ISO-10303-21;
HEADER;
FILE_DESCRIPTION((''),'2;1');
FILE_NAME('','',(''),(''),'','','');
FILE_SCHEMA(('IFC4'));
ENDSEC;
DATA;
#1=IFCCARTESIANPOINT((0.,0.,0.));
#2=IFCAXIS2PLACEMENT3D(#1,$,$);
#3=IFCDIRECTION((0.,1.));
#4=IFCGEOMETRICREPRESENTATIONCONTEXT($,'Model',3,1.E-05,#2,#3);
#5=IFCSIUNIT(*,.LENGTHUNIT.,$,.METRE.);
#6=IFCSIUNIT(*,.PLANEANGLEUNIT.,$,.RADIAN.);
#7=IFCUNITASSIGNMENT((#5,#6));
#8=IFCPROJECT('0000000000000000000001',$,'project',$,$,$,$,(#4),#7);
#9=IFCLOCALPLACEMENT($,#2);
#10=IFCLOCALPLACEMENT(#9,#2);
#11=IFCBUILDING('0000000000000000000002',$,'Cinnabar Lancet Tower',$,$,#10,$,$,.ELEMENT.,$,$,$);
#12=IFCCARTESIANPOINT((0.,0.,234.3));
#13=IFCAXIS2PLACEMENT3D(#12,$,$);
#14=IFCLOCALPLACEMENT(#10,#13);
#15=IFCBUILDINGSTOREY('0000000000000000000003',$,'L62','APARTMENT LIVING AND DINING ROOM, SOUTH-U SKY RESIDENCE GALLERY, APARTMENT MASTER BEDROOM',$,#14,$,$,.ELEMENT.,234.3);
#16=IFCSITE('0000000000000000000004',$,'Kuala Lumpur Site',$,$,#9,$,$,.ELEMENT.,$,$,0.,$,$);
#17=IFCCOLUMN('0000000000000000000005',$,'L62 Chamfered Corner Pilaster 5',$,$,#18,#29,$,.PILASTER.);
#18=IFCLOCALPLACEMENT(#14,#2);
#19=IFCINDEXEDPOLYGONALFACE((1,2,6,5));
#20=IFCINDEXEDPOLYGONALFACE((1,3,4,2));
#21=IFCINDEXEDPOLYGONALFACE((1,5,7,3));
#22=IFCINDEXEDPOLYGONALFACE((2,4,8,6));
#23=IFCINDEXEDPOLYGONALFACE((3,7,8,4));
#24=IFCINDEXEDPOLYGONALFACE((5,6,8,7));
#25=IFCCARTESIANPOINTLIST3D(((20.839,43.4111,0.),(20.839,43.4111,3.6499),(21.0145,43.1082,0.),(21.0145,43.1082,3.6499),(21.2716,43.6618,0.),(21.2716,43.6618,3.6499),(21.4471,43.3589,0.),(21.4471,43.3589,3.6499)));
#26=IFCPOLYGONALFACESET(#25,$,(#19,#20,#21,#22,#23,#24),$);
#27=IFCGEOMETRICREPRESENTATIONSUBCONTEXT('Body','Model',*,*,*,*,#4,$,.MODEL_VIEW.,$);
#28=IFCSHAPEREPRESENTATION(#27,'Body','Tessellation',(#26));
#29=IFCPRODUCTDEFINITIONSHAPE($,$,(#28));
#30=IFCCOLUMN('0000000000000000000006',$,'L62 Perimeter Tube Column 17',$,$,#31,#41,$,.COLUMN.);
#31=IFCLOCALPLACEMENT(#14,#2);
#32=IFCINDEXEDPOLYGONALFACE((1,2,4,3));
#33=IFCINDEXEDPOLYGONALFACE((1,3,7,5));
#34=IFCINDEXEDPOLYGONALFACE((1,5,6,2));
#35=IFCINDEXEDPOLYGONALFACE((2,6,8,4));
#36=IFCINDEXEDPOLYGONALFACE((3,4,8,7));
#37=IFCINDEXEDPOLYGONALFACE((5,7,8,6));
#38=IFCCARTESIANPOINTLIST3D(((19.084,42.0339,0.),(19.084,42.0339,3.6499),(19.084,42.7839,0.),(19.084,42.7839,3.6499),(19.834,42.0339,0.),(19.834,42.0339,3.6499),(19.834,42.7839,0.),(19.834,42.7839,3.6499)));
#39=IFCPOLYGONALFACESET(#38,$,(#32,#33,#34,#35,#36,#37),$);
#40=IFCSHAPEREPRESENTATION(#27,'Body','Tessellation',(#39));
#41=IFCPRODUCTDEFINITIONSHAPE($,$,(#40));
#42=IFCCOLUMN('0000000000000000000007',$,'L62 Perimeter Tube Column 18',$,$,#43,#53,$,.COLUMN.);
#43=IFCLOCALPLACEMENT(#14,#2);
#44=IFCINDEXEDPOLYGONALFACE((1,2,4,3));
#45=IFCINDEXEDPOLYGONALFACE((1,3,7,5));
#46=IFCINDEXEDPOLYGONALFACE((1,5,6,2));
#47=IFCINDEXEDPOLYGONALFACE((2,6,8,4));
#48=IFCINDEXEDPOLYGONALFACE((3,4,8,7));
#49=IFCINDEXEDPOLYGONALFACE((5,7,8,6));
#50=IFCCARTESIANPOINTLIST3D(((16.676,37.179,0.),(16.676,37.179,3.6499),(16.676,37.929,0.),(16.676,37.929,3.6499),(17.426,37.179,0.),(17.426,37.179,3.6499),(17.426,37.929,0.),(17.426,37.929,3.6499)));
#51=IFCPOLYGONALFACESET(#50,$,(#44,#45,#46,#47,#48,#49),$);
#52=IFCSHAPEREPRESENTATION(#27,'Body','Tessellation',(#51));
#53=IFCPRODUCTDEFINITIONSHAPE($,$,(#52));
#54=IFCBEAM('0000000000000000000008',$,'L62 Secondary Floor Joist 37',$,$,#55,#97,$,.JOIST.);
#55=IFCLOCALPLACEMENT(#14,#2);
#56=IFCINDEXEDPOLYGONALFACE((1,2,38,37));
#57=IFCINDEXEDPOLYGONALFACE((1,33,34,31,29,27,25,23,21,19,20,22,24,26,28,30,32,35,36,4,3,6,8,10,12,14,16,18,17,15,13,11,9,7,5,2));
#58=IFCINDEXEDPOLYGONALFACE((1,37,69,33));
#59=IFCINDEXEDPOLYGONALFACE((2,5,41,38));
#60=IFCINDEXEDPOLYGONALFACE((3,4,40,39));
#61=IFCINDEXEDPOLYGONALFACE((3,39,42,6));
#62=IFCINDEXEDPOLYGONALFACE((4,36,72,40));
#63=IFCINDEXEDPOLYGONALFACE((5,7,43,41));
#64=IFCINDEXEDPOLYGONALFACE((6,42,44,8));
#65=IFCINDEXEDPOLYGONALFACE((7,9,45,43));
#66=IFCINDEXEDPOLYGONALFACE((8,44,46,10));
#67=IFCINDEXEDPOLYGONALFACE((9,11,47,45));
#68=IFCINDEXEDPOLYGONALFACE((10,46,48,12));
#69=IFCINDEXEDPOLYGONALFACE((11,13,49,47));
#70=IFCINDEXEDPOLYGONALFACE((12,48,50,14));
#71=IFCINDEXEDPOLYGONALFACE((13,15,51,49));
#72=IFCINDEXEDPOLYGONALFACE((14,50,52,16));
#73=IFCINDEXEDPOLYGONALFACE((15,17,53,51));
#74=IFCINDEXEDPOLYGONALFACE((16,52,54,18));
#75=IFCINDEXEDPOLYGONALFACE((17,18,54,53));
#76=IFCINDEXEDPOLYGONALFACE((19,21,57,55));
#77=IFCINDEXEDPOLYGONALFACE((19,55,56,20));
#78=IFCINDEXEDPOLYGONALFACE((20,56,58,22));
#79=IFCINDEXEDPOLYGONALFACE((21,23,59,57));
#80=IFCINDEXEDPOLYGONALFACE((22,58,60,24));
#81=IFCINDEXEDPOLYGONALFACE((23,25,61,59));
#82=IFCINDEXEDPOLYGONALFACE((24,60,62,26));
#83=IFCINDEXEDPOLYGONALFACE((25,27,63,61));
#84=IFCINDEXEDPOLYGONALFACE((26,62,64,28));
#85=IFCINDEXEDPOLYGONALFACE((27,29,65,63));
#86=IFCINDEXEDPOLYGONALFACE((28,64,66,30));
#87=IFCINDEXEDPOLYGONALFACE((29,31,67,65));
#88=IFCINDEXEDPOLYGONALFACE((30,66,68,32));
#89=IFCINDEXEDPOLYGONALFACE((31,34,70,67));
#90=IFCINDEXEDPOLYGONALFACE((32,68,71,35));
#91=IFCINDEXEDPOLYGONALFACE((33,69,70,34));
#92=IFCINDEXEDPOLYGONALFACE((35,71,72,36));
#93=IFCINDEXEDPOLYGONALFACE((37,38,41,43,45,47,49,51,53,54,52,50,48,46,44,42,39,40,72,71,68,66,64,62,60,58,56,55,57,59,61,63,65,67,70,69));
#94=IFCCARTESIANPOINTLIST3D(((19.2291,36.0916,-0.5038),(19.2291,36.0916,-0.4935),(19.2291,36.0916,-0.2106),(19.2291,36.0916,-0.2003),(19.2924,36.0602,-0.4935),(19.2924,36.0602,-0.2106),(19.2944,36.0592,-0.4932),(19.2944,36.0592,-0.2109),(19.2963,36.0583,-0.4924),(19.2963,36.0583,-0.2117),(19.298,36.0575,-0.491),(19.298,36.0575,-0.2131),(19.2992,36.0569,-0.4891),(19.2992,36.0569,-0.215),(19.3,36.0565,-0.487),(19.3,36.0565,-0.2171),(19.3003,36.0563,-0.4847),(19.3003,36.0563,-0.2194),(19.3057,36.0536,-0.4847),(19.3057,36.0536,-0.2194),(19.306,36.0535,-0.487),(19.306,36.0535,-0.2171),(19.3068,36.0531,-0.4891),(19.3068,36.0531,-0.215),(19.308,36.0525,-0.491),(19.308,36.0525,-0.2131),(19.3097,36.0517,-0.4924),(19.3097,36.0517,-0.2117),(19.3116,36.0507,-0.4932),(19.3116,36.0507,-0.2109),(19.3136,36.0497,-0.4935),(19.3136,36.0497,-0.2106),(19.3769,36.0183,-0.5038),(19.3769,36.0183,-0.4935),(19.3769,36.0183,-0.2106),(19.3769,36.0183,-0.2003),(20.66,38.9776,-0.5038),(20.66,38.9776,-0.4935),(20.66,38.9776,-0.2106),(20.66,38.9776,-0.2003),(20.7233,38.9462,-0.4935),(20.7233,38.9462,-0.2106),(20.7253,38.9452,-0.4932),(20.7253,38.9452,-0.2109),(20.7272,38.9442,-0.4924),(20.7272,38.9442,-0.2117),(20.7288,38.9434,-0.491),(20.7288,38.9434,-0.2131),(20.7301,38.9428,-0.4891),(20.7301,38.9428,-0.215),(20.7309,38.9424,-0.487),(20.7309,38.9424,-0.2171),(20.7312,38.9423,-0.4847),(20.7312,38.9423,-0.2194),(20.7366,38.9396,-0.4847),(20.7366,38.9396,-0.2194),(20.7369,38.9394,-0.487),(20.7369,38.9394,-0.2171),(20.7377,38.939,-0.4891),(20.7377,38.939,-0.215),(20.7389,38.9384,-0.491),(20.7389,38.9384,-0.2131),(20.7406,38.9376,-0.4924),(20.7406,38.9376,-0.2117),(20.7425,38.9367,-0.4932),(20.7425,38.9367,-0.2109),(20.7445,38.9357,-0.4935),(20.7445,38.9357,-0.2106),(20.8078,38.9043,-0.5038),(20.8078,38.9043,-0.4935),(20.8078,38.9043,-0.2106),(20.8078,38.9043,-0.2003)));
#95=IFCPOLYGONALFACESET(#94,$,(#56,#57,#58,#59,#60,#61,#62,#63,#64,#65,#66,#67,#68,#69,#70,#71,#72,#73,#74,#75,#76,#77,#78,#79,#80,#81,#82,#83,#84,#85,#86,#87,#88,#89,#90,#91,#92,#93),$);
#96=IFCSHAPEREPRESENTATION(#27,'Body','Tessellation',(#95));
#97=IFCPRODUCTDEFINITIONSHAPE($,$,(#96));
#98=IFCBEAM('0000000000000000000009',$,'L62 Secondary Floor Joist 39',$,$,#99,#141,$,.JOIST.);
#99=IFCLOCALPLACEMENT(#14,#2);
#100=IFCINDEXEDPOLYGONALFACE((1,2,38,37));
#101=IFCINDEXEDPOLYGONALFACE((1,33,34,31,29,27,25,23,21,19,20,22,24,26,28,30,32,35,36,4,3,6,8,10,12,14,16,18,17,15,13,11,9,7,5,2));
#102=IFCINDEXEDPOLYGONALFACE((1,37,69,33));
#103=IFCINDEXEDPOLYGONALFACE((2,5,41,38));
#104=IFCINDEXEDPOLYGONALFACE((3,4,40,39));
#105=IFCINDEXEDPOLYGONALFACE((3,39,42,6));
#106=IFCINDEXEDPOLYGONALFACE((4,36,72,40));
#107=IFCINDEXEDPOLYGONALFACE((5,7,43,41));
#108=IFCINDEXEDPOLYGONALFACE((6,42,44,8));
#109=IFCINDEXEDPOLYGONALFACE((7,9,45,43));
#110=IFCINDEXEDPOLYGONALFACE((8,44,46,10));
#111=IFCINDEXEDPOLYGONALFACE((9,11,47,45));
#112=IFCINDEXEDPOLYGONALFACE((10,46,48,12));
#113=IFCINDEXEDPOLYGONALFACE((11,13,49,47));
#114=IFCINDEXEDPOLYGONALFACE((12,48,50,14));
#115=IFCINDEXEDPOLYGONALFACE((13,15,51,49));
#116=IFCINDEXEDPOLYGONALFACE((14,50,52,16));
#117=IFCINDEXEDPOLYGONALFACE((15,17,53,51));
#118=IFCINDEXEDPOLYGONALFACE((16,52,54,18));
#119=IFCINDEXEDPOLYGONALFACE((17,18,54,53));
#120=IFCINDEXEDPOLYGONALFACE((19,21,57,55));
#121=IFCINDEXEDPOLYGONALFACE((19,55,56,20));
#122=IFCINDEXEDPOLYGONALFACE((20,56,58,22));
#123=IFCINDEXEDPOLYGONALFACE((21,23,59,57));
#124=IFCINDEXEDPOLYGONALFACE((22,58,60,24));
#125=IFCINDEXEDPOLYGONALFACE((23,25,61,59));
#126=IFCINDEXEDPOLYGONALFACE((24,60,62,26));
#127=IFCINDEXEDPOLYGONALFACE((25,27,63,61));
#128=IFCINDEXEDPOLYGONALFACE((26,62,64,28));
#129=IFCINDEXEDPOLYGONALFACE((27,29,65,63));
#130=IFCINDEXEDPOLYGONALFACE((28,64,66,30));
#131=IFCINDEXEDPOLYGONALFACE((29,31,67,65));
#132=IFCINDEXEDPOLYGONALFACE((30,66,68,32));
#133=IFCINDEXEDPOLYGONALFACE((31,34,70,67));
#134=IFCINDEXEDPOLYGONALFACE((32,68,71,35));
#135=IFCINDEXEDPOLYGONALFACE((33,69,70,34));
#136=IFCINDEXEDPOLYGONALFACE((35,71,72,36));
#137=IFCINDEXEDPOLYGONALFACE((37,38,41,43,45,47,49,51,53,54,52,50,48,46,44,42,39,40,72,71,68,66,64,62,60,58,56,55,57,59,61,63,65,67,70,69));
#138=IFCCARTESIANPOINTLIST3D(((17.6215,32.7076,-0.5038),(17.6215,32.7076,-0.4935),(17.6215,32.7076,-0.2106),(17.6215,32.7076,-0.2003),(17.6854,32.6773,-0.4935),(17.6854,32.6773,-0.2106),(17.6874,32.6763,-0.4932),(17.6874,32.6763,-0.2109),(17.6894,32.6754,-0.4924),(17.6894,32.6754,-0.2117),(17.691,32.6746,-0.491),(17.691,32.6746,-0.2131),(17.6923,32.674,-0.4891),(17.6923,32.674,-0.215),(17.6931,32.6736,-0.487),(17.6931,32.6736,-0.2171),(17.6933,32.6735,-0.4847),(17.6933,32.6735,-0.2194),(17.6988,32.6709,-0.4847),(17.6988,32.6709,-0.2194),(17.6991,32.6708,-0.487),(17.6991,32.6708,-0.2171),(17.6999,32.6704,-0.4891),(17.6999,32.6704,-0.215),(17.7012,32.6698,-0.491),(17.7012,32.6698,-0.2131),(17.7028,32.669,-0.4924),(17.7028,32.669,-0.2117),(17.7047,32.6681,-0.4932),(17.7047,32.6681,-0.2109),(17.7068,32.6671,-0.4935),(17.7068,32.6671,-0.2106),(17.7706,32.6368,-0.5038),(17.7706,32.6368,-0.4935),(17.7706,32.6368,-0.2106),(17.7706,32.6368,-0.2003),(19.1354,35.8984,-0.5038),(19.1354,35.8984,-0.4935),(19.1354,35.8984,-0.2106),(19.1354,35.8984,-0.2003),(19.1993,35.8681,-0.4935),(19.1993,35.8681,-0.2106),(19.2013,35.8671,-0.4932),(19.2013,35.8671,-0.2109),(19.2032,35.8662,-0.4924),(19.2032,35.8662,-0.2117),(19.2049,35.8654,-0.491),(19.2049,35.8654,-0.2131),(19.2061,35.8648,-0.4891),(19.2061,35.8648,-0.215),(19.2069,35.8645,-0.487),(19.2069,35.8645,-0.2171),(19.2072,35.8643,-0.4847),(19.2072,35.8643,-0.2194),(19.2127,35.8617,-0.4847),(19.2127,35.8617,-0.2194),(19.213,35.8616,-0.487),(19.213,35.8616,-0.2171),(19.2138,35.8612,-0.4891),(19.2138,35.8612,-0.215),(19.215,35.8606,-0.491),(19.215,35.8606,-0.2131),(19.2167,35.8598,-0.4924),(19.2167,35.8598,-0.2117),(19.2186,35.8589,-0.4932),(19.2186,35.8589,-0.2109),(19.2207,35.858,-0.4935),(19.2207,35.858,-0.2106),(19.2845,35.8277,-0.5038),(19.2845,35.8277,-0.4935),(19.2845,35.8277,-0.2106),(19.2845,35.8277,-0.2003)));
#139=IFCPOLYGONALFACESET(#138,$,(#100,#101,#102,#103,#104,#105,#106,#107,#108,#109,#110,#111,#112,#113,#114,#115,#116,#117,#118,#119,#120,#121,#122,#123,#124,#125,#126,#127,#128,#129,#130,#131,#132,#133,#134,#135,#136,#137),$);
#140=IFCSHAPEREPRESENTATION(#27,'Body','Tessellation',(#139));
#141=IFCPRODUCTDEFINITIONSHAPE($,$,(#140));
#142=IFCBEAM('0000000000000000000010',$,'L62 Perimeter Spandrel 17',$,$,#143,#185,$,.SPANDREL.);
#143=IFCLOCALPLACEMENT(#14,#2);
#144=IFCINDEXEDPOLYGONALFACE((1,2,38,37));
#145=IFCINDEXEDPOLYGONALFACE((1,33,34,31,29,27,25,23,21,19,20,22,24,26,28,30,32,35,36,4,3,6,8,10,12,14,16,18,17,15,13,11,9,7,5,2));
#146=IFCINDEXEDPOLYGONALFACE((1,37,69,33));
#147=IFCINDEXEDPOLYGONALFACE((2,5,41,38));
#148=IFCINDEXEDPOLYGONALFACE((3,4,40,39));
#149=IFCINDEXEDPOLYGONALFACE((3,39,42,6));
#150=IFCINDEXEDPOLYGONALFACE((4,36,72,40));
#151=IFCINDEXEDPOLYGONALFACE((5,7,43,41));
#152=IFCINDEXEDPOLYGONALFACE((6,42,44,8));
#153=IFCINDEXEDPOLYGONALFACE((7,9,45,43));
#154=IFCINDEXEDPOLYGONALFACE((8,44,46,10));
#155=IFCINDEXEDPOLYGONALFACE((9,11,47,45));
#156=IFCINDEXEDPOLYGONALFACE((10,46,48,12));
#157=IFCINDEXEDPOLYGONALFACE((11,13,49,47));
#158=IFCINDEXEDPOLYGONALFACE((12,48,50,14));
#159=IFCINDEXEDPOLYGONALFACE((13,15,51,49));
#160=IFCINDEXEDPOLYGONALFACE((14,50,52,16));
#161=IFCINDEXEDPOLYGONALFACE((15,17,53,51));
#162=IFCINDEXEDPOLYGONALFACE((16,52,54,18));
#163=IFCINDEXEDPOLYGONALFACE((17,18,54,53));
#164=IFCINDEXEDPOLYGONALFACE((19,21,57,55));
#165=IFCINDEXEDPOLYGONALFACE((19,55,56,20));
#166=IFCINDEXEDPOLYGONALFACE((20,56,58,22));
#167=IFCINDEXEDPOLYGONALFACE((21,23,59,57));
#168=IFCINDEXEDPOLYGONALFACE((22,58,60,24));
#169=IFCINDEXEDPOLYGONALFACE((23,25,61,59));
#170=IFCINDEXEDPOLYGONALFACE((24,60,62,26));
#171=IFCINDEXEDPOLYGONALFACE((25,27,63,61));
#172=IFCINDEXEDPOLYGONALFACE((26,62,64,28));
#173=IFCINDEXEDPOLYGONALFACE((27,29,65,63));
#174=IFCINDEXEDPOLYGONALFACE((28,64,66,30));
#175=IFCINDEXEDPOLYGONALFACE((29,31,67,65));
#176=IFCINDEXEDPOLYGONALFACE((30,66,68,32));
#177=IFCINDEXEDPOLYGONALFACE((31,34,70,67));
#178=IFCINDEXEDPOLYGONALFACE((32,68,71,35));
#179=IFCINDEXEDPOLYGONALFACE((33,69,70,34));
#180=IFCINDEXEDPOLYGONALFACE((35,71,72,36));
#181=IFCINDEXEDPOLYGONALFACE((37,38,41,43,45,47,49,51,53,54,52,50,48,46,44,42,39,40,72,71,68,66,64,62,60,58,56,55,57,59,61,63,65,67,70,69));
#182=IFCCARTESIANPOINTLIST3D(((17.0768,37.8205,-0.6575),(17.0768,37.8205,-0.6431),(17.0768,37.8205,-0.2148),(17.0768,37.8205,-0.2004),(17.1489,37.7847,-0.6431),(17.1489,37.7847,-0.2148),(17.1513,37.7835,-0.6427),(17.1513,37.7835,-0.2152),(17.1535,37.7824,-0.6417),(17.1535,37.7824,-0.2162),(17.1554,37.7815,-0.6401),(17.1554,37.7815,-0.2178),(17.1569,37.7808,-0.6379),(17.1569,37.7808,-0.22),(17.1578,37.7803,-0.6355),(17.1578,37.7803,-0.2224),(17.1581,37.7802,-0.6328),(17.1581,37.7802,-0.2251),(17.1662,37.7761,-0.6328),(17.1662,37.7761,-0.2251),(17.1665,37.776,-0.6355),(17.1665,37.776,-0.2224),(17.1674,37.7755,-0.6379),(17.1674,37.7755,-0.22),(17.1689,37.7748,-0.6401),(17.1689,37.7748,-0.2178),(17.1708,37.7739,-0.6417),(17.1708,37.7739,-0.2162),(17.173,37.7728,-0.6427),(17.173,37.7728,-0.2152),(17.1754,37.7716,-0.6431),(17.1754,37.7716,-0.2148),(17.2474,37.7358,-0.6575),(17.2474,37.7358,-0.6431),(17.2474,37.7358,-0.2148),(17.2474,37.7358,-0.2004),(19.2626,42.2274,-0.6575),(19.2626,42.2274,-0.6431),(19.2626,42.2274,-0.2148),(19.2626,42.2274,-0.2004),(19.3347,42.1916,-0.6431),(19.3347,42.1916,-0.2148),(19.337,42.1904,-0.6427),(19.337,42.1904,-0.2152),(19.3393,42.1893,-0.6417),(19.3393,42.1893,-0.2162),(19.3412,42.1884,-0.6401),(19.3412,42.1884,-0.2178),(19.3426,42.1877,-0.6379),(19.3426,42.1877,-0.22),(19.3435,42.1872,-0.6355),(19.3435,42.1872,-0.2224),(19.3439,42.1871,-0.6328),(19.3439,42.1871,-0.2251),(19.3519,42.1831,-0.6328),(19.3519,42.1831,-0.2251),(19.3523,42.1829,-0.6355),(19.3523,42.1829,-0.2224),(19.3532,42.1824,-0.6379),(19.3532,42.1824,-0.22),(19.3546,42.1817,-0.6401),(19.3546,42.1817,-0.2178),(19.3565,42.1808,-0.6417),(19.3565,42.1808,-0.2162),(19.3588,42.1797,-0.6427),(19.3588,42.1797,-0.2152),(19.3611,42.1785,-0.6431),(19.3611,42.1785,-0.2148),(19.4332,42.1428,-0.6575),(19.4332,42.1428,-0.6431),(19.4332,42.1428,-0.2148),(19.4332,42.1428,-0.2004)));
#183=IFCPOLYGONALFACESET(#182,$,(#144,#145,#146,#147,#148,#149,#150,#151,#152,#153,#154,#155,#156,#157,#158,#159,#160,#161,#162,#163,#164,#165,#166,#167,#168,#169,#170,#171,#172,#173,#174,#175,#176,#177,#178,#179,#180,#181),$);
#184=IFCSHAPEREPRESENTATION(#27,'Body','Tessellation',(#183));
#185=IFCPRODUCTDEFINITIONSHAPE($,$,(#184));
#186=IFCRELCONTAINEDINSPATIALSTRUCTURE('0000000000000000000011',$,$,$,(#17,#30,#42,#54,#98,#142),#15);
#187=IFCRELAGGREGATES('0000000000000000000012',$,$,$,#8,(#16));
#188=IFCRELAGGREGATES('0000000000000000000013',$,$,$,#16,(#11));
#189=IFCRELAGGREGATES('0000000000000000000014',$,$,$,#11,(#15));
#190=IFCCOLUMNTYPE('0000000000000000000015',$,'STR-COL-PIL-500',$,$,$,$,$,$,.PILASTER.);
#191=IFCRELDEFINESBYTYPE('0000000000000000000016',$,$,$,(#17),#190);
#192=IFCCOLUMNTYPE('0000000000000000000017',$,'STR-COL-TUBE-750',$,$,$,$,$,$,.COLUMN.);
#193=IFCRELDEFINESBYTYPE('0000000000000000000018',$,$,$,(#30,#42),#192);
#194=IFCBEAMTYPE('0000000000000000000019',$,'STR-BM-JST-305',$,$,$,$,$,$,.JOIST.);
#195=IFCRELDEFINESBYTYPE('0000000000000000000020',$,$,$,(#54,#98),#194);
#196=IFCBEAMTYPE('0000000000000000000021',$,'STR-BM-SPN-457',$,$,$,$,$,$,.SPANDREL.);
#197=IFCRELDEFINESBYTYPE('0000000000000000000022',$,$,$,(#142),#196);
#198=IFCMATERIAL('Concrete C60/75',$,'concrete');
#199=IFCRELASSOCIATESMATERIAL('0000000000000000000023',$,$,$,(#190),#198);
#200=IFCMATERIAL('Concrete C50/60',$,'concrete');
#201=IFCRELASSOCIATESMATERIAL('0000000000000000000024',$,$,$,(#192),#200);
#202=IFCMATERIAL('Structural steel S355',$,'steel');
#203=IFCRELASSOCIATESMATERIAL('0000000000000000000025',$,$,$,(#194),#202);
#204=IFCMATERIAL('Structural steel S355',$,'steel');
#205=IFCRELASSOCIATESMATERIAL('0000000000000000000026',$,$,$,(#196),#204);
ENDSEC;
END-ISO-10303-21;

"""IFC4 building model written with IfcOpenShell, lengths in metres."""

from ifc_helpers import new_model, si_unit, direction, frame, origin, origin_2d, place, context, subcontext, project, spatial, rectangle, i_section, extrude, material, material_profile, profile_set, type_object, element, save


model = new_model("IFC4")

# Units and contexts
model_context = context("Model", 3, precision=1e-05, world=origin(), true_north=direction((0.0, 1.0)))
body_context = subcontext(model_context, "Body", "Model", "MODEL_VIEW")
ifc_project = project(units=[si_unit("LENGTHUNIT", "METRE"), si_unit("PLANEANGLEUNIT", "RADIAN")], contexts=[model_context])

# Site, building, storey
site_placement = place(None, origin())
site = spatial("IfcSite", under=ifc_project, at=site_placement, Name="Kuala Lumpur Site", CompositionType="ELEMENT", RefElevation=0.0)
building_placement = place(site_placement, origin())
building = spatial("IfcBuilding", under=site, at=building_placement, Name="Cinnabar Lancet Tower", CompositionType="ELEMENT")
storey_placement = place(building_placement, frame((0.0, 0.0, 234.3)))
storey = spatial("IfcBuildingStorey", under=building, at=storey_placement, Name="L62", Description="APARTMENT LIVING AND DINING ROOM, SOUTH-U SKY RESIDENCE GALLERY, APARTMENT MASTER BEDROOM", CompositionType="ELEMENT", Elevation=234.3)

# Columns
ifc_material_1 = material(Name="Concrete C60/75", Category="concrete")
ifc_material_profile_1 = material_profile(ifc_material_1, rectangle(XDim=0.5, YDim=0.3501, at=origin_2d()), Name="RC-PIL 500x350")
ifc_profile_set_1 = profile_set([ifc_material_profile_1], Name="Concrete C60/75")
column_type_1 = type_object("IfcColumnType", Name="STR-COL-PIL-500", PredefinedType="PILASTER", material=ifc_profile_set_1)
column_placement = place(storey_placement, frame((21.1431, 43.385, 0.0), z_axis=(0.0, 0.0, 1.0), x_axis=(-0.865256, -0.50133, 0.0)))
element("IfcColumn", 1, at=column_placement, inside=storey, type_object=column_type_1, Name="L62 Chamfered Corner Pilaster 5", PredefinedType="PILASTER", context=body_context, shape_type="SweptSolid", body=[
    extrude(rectangle(XDim=0.5, YDim=0.3501, at=origin_2d()), origin(), (0.0, 0.0, 1.0), 3.6499),
])
ifc_material_2 = material(Name="Concrete C50/60", Category="concrete")
ifc_material_profile_2 = material_profile(ifc_material_2, rectangle(XDim=0.75, YDim=0.75, at=origin_2d()), Name="RC-COL 750x750")
ifc_profile_set_2 = profile_set([ifc_material_profile_2], Name="Concrete C50/60")
column_type_2 = type_object("IfcColumnType", Name="STR-COL-TUBE-750", PredefinedType="COLUMN", material=ifc_profile_set_2)
for number, where, z_axis, x_axis, name in (
    (2, (19.459, 42.4089, 0.0), (0.0, 0.0, 1.0), (1.0, 0.0, 0.0), "L62 Perimeter Tube Column 17"),
    (3, (17.051, 37.554, 0.0), (0.0, 0.0, 1.0), (1.0, 0.0, 0.0), "L62 Perimeter Tube Column 18"),
):
    element("IfcColumn", number, at=place(storey_placement, frame(where, z_axis=z_axis, x_axis=x_axis)), inside=storey, type_object=column_type_2, Name=name, PredefinedType="COLUMN", context=body_context, shape_type="SweptSolid", body=[
        extrude(rectangle(XDim=0.75, YDim=0.75, at=origin_2d()), origin(), (0.0, 0.0, 1.0), 3.6499),
    ])

# Beams
ifc_material_3 = material(Name="Structural steel S355", Category="steel")
ifc_material_profile_3 = material_profile(ifc_material_3, i_section(OverallWidth=0.165, OverallDepth=0.3035, WebThickness=0.0061, FlangeThickness=0.0103, FilletRadius=0.0088, at=origin_2d()), Name="UKB 305x165x40")
ifc_profile_set_3 = profile_set([ifc_material_profile_3], Name="Structural steel S355")
beam_type_1 = type_object("IfcBeamType", Name="STR-BM-JST-305", PredefinedType="JOIST", material=ifc_profile_set_3)
beam_1_placement = place(storey_placement, frame((20.7339, 38.9409, -0.3521), z_axis=(-0.44421, -0.895923, 0.0), x_axis=(0.895923, -0.44421, 0.0)))
element("IfcBeam", 4, at=beam_1_placement, inside=storey, type_object=beam_type_1, Name="L62 Secondary Floor Joist 37", PredefinedType="JOIST", context=body_context, shape_type="SweptSolid", body=[
    extrude(i_section(OverallWidth=0.165, OverallDepth=0.3035, WebThickness=0.0061, FlangeThickness=0.0103, FilletRadius=0.0088, at=origin_2d()), origin(), (0.0, 0.0, 1.0), 3.2212),
])
beam_2_placement = place(storey_placement, frame((19.21, 35.863, -0.3521), z_axis=(-0.428648, -0.903472, 0.0), x_axis=(0.903472, -0.428648, 0.0)))
element("IfcBeam", 5, at=beam_2_placement, inside=storey, type_object=beam_type_1, Name="L62 Secondary Floor Joist 39", PredefinedType="JOIST", context=body_context, shape_type="SweptSolid", body=[
    extrude(i_section(OverallWidth=0.165, OverallDepth=0.3035, WebThickness=0.0061, FlangeThickness=0.0103, FilletRadius=0.0088, at=origin_2d()), origin(), (0.0, 0.0, 1.0), 3.5317),
])
ifc_material_4 = material(Name="Structural steel S355", Category="steel")
ifc_material_profile_4 = material_profile(ifc_material_4, i_section(OverallWidth=0.1904, OverallDepth=0.457, WebThickness=0.009, FlangeThickness=0.0144, FilletRadius=0.0103, at=origin_2d()), Name="UKB 457x191x74")
ifc_profile_set_4 = profile_set([ifc_material_profile_4], Name="Structural steel S355")
beam_type_2 = type_object("IfcBeamType", Name="STR-BM-SPN-457", PredefinedType="SPANDREL", material=ifc_profile_set_4)
beam_3_placement = place(storey_placement, frame((19.3479, 42.1851, -0.429), z_axis=(-0.444333, -0.895862, 0.0), x_axis=(0.895862, -0.444333, 0.0)))
element("IfcBeam", 6, at=beam_3_placement, inside=storey, type_object=beam_type_2, Name="L62 Perimeter Spandrel 17", PredefinedType="SPANDREL", context=body_context, shape_type="SweptSolid", body=[
    extrude(i_section(OverallWidth=0.1904, OverallDepth=0.457, WebThickness=0.009, FlangeThickness=0.0144, FilletRadius=0.0103, at=origin_2d()), origin(), (0.0, 0.0, 1.0), 4.9192),
])

save(model, "model.ifc")
